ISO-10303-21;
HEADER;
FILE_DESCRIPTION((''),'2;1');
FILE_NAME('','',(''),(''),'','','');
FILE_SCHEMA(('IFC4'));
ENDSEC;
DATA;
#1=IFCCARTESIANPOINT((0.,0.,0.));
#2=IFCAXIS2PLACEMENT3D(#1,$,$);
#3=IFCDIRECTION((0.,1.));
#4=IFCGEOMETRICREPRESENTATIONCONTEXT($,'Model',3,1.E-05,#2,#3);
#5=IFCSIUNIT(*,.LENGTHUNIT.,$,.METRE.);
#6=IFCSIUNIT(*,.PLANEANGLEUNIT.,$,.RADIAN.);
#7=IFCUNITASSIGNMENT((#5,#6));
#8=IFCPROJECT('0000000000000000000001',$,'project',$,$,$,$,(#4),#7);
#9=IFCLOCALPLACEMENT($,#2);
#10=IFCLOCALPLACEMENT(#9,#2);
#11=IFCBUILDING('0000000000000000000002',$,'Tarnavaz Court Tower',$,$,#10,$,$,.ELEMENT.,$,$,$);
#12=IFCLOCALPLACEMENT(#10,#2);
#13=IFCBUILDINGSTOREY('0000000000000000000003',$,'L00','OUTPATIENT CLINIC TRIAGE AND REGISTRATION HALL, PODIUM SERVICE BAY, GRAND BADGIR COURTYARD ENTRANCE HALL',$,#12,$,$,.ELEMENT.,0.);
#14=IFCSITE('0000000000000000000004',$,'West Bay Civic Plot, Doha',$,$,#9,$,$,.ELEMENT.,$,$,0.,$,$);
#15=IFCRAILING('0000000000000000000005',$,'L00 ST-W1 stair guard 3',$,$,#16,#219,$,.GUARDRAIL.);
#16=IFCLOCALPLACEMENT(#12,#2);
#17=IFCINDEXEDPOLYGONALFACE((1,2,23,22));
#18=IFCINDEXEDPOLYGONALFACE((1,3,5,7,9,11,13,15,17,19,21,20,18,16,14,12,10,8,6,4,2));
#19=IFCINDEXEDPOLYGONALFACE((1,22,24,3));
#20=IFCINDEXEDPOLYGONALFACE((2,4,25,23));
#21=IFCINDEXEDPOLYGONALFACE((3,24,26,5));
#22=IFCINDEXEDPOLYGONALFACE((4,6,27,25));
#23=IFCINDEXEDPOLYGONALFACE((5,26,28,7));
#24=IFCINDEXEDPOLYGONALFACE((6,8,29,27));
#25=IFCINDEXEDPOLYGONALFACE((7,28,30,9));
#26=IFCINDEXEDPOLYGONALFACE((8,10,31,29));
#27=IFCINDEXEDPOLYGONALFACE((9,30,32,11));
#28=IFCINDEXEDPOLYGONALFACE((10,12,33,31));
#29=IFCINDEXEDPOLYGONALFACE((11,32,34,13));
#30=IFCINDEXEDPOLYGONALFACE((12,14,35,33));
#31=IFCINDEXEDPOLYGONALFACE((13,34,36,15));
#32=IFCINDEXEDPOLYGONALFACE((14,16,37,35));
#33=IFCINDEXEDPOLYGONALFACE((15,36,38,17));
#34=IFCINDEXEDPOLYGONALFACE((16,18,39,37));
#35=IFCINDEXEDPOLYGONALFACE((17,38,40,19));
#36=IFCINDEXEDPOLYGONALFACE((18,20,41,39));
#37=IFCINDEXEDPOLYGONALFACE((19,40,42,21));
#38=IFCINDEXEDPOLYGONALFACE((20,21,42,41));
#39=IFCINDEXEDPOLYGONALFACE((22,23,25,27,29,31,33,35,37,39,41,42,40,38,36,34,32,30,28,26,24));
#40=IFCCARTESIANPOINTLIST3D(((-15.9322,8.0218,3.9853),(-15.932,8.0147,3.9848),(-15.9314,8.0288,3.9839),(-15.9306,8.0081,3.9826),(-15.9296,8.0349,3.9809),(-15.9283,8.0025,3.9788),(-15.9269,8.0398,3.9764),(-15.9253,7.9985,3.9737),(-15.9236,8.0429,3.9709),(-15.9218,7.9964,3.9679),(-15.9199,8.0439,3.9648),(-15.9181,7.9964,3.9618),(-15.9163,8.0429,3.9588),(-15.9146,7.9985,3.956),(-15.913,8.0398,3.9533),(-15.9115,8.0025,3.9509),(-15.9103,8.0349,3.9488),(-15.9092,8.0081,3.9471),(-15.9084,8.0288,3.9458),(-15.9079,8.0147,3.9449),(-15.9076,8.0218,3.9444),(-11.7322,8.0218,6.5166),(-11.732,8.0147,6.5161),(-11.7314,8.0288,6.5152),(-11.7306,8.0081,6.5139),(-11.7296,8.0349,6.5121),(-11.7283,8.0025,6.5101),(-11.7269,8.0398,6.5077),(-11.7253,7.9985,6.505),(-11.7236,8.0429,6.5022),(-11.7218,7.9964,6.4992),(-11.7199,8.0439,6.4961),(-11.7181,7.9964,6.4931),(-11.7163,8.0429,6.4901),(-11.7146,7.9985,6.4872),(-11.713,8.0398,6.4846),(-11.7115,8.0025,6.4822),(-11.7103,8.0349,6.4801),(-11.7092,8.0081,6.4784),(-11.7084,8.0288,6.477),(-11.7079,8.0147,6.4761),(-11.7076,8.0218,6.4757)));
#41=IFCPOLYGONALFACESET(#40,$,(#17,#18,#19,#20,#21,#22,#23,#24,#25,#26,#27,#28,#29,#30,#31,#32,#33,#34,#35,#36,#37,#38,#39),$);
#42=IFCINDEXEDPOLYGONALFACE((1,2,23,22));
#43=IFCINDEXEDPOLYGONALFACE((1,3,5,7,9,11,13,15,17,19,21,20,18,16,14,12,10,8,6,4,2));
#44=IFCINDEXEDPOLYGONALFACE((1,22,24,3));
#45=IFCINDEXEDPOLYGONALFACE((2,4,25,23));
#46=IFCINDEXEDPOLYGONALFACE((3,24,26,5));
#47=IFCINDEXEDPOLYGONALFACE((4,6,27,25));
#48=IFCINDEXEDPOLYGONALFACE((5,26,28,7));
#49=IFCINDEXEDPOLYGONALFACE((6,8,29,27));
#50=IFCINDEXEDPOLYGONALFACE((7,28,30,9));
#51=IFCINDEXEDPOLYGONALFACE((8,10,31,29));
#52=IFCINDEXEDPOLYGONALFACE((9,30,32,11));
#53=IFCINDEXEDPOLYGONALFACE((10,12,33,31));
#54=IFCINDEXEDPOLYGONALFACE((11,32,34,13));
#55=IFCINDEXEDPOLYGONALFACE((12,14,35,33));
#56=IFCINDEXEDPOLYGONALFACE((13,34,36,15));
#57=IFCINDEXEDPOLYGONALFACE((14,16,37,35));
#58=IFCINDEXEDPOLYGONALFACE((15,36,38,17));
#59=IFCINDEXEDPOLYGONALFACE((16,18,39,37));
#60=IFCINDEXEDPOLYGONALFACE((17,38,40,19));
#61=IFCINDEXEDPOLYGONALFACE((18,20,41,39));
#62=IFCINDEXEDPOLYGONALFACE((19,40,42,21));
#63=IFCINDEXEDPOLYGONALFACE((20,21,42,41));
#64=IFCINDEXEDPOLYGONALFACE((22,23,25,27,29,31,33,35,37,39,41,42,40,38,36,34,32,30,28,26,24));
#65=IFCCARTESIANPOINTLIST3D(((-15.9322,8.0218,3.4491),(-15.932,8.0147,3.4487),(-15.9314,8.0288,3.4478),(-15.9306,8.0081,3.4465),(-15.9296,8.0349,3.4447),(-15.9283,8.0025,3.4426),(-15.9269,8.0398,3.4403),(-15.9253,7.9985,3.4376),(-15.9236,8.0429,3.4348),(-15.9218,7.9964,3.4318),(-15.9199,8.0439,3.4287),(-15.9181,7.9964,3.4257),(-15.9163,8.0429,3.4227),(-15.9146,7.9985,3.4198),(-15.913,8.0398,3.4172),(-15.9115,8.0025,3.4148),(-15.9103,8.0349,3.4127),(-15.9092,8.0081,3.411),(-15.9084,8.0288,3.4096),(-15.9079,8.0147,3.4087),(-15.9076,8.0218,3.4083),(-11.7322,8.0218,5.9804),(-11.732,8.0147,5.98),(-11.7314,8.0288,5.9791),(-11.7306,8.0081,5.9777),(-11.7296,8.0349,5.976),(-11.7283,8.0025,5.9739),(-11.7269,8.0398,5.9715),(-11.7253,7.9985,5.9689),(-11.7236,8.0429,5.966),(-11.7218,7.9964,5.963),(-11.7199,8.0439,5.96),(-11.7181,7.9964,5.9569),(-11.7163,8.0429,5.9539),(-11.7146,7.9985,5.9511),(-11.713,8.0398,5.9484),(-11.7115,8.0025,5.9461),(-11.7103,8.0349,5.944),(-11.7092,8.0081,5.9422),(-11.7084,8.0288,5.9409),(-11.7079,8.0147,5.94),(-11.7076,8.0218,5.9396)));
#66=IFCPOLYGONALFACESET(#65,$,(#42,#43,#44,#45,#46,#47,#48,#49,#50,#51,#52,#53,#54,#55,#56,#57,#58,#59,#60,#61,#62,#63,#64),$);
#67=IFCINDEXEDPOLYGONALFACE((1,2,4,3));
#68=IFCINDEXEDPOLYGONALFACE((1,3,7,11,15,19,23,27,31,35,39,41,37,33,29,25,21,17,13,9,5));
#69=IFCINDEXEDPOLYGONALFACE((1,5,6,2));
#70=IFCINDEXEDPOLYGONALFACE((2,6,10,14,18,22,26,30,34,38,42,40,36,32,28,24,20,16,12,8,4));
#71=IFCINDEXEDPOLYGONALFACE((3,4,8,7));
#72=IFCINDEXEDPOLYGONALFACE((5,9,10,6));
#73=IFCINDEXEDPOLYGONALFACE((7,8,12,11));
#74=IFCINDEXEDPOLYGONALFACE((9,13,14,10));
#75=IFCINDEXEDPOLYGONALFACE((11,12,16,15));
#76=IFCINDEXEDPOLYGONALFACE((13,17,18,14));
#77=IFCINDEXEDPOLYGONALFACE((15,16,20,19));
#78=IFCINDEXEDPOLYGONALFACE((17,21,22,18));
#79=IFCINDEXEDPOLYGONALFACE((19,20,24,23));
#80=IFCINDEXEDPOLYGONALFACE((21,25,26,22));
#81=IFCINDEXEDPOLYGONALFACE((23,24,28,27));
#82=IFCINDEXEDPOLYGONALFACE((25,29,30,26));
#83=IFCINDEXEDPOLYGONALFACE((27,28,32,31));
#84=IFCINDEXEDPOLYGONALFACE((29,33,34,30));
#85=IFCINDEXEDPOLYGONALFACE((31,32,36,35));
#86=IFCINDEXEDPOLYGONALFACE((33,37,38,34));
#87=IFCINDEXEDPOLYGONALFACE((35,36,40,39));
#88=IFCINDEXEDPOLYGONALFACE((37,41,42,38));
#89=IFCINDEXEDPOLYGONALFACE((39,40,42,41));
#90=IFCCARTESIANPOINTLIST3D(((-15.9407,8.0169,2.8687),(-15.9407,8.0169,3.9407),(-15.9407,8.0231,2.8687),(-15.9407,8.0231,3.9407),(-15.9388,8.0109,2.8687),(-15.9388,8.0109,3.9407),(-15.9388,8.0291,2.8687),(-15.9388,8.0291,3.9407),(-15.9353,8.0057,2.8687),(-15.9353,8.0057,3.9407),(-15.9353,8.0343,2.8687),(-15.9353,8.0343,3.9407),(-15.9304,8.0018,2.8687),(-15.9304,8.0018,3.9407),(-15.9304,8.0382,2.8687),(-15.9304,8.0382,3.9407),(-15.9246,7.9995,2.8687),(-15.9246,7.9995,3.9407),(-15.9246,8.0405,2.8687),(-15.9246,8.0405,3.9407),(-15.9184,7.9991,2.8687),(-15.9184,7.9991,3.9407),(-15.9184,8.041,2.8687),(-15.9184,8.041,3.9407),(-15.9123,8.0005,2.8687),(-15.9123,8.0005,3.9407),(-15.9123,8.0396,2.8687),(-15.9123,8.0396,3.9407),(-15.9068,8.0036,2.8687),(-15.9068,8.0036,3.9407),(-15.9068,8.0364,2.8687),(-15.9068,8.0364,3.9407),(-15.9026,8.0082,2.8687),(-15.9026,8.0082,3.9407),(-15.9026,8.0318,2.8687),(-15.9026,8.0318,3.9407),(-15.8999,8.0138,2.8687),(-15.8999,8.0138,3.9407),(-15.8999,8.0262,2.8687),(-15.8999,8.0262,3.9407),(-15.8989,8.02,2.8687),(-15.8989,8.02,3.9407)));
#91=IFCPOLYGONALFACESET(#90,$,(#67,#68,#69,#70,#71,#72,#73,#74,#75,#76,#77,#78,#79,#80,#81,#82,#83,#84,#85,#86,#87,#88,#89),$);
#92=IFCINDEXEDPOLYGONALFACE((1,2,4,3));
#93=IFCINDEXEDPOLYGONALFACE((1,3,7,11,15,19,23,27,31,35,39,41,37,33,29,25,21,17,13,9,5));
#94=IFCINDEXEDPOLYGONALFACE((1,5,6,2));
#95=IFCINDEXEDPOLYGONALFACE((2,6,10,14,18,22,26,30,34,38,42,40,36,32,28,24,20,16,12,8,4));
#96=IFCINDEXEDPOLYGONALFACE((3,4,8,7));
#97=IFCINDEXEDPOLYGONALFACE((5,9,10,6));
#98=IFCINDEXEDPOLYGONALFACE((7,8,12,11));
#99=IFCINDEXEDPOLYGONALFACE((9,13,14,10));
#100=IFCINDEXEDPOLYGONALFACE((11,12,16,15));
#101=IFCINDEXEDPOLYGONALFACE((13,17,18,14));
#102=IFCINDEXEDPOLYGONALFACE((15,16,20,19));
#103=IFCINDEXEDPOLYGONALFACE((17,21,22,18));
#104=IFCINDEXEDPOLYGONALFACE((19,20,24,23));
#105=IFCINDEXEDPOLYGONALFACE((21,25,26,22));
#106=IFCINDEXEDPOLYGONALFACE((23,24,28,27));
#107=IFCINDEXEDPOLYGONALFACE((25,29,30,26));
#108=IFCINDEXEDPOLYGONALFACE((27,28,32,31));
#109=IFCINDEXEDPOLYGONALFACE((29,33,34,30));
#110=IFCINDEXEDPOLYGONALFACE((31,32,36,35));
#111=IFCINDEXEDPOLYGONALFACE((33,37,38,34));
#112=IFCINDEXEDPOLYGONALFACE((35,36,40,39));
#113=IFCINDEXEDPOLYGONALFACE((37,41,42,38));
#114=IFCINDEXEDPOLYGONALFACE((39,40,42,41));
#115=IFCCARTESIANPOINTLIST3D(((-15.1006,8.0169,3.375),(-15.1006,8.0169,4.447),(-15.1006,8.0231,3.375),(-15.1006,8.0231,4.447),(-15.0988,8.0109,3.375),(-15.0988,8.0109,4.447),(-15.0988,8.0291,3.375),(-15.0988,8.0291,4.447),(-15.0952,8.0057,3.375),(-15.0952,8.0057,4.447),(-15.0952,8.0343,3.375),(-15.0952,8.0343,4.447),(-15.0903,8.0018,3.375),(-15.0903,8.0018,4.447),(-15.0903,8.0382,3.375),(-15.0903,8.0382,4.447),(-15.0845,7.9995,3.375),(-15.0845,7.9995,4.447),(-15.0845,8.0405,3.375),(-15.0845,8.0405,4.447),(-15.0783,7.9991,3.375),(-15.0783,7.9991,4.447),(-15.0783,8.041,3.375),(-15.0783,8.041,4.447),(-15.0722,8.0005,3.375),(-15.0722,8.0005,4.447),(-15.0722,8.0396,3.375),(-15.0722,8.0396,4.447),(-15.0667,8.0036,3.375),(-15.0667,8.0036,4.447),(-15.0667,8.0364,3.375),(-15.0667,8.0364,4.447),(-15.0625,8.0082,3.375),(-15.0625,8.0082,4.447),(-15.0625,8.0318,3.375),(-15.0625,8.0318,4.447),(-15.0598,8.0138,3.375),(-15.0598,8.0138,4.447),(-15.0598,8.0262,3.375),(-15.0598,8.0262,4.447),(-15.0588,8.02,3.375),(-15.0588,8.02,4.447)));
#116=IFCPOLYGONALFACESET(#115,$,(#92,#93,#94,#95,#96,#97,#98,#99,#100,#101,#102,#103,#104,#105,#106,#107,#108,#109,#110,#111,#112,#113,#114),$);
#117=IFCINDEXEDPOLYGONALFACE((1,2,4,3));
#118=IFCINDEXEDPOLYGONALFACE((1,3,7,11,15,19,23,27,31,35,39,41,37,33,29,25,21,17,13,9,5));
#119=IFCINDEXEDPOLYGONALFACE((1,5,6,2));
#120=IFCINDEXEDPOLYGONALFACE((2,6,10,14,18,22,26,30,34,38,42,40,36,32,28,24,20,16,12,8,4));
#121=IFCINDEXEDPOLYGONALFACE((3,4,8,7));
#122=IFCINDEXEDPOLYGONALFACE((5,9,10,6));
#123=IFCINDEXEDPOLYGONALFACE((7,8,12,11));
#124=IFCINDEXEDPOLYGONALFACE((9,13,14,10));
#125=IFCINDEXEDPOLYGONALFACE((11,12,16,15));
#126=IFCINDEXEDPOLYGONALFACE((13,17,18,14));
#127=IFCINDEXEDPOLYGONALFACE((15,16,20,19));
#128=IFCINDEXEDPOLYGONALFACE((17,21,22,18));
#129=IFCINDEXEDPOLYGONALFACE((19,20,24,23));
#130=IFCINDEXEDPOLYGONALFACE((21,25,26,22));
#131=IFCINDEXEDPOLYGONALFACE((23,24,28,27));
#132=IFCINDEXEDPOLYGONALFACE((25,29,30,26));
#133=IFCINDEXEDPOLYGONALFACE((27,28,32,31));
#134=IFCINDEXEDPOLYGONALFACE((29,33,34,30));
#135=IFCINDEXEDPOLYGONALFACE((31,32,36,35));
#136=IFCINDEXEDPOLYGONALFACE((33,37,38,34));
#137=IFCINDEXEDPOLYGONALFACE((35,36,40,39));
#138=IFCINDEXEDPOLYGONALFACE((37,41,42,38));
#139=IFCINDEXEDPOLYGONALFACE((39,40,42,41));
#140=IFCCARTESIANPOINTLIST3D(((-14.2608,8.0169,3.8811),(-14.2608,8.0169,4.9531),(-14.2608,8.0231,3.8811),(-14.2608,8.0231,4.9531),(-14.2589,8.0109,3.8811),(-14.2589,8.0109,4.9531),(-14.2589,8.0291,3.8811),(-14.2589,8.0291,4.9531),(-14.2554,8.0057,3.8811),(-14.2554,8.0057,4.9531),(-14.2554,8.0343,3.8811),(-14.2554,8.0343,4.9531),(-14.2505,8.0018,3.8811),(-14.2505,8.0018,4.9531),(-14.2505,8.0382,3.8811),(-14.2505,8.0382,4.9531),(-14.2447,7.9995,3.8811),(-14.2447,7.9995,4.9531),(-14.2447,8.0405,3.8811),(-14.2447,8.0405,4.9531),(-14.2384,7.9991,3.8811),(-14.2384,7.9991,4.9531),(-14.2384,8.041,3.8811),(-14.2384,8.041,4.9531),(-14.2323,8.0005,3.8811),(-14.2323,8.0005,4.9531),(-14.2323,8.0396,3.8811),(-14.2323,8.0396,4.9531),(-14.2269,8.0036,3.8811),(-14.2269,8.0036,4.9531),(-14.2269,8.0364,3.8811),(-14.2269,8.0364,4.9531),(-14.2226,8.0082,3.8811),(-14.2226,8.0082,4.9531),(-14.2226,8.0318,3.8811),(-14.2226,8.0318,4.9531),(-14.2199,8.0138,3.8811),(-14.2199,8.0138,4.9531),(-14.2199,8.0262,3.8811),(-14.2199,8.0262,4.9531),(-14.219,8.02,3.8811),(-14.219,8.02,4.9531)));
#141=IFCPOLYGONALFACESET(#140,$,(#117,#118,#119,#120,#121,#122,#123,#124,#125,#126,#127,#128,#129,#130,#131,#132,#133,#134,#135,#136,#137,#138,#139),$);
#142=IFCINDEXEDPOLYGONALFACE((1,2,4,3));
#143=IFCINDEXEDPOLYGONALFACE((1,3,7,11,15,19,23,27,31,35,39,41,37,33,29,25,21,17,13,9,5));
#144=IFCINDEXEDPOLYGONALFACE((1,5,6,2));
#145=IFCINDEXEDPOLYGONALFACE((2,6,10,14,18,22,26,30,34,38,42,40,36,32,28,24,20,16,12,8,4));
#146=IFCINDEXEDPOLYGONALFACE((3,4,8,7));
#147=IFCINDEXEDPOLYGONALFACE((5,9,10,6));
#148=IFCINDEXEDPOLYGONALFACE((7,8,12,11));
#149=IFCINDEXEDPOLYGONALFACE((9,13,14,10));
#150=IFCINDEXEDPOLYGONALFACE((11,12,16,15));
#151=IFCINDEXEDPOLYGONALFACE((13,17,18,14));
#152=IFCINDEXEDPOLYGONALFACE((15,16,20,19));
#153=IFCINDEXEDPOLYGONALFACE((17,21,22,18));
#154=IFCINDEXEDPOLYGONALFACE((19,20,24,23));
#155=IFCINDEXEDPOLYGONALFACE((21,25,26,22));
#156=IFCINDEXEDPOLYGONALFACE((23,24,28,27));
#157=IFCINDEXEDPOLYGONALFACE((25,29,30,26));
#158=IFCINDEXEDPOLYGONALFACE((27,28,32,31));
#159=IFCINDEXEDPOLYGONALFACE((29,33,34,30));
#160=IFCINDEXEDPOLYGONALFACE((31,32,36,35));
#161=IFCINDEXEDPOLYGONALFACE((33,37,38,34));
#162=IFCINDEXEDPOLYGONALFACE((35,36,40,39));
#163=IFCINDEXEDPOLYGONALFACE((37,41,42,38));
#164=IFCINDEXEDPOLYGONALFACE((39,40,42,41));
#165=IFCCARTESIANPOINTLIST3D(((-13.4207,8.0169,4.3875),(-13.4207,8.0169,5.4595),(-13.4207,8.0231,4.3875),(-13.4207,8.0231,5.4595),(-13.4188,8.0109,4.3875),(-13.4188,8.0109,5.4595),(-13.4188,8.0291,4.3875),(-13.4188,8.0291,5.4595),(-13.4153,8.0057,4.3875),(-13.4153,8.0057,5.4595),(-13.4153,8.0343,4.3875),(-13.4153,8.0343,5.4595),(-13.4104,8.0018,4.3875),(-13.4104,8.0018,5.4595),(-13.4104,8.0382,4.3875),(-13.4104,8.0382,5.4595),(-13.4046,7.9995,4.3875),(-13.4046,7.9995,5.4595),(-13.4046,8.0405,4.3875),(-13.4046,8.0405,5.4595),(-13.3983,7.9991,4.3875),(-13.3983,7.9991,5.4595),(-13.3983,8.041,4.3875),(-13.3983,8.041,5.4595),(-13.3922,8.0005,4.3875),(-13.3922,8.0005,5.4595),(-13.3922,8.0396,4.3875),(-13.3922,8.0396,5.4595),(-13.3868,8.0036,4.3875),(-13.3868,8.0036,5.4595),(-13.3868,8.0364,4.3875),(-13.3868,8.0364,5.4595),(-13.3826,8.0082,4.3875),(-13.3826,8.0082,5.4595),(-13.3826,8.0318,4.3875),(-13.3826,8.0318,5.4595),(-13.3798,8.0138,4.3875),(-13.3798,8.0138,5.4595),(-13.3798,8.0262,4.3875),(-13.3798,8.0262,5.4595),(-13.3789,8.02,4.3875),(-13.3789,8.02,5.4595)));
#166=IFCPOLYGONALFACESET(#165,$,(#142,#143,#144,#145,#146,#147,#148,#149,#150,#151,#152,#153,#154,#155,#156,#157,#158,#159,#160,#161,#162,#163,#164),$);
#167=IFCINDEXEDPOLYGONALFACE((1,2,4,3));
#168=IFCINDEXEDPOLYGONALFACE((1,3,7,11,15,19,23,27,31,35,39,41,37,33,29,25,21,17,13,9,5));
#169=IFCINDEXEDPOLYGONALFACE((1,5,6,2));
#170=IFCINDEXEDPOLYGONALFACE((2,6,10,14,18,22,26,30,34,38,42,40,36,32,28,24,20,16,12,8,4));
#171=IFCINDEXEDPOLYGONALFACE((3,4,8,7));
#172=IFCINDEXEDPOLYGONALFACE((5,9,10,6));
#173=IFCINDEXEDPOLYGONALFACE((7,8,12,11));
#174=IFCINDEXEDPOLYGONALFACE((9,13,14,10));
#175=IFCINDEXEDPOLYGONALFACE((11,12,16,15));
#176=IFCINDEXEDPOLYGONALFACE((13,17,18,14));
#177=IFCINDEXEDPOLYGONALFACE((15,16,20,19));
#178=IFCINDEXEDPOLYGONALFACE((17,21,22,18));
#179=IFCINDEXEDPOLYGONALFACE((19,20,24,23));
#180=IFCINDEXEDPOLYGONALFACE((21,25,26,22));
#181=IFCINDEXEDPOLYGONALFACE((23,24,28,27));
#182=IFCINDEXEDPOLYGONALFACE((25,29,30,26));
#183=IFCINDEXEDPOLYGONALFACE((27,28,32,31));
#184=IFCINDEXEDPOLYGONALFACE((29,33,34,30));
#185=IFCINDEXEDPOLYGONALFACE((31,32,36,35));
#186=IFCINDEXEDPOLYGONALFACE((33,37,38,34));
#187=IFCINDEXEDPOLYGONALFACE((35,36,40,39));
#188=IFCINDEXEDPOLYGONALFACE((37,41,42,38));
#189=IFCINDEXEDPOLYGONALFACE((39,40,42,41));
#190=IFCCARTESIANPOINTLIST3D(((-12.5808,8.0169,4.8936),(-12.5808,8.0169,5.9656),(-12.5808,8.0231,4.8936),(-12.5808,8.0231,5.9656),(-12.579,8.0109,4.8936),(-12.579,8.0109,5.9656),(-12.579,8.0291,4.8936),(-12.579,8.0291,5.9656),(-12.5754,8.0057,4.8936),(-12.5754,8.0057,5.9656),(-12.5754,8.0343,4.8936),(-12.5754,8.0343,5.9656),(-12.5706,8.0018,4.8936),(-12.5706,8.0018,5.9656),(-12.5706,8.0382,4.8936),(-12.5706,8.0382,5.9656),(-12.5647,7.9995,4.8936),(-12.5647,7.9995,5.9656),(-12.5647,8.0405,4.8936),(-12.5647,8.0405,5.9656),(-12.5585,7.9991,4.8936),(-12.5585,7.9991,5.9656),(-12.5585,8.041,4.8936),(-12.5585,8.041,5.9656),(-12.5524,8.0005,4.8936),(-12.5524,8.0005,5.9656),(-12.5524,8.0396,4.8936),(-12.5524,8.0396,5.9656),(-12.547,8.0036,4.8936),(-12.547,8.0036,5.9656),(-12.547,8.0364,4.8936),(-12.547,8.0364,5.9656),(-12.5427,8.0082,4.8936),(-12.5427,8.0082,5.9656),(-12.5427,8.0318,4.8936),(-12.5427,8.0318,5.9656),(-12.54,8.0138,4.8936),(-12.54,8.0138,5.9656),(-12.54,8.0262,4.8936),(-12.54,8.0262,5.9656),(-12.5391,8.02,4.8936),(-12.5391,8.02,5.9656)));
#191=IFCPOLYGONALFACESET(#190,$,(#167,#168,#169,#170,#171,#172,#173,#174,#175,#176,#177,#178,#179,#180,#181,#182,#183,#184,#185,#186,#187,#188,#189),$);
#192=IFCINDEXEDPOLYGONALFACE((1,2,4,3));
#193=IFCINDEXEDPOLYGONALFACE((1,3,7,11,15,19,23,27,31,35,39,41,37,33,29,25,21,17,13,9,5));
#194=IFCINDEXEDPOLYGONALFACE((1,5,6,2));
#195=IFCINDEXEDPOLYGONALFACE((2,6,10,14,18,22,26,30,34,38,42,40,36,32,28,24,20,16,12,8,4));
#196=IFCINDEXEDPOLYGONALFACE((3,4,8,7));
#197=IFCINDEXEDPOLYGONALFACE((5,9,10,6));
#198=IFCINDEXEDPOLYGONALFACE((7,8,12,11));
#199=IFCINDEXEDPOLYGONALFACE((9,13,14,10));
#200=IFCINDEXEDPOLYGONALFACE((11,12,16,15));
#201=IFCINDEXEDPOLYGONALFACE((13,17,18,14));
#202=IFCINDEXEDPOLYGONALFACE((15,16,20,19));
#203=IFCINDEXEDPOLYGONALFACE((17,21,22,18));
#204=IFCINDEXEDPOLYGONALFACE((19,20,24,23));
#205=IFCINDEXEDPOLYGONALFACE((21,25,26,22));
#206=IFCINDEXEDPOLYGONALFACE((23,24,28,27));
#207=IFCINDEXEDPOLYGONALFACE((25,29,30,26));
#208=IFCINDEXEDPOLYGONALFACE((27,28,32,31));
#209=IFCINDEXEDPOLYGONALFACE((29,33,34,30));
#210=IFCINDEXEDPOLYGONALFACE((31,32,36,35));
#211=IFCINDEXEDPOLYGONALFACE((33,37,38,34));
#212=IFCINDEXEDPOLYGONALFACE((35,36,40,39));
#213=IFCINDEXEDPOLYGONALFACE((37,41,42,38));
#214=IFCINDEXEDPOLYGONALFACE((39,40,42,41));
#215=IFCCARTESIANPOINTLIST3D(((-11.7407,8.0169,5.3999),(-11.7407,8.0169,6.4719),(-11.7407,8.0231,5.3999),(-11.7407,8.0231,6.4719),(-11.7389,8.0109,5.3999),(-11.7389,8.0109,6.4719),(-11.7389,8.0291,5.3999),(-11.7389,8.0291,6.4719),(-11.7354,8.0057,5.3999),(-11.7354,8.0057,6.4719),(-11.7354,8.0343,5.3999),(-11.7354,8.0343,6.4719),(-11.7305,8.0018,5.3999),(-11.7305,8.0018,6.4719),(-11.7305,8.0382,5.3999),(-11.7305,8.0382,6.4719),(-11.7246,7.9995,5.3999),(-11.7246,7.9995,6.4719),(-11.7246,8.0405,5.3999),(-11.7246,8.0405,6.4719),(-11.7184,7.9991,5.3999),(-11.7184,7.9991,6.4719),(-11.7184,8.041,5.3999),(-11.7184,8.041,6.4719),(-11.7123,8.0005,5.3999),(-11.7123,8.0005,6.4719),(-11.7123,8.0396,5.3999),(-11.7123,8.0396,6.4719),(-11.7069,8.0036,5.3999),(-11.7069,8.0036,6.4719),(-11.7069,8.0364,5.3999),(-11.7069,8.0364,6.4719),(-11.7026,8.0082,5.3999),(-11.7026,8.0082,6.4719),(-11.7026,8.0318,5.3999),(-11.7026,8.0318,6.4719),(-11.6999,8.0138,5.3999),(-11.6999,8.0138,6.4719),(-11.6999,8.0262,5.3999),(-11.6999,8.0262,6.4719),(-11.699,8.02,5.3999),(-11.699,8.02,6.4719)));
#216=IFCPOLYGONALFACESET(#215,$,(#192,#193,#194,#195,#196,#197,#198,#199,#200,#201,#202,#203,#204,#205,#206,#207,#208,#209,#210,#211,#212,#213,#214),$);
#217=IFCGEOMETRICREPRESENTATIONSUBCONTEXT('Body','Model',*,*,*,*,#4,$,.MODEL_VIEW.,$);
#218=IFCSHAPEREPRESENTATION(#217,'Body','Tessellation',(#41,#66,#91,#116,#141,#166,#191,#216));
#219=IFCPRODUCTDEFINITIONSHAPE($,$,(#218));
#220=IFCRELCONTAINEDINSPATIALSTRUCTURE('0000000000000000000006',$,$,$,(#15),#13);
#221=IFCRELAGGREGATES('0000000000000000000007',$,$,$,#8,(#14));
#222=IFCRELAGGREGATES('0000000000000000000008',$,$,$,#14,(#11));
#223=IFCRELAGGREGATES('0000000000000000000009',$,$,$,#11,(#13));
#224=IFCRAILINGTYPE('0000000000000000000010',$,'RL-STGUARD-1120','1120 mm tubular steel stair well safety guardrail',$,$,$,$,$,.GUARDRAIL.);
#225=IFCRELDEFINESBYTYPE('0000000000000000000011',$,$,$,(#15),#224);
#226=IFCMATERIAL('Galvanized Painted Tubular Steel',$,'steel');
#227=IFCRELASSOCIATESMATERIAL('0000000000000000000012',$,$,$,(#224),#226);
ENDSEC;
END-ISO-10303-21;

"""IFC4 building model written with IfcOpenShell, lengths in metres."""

from ifc_helpers import new_model, si_unit, direction, frame, origin, origin_2d, place, context, subcontext, project, spatial, circle, extrude, material, type_object, element, save


model = new_model("IFC4")

# Units and contexts
model_context = context("Model", 3, precision=1e-05, world=origin(), true_north=direction((0.0, 1.0)))
body_context = subcontext(model_context, "Body", "Model", "MODEL_VIEW")
ifc_project = project(units=[si_unit("LENGTHUNIT", "METRE"), si_unit("PLANEANGLEUNIT", "RADIAN")], contexts=[model_context])

# Site, building, storey
site_placement = place(None, origin())
site = spatial("IfcSite", under=ifc_project, at=site_placement, Name="West Bay Civic Plot, Doha", CompositionType="ELEMENT", RefElevation=0.0)
building_placement = place(site_placement, origin())
building = spatial("IfcBuilding", under=site, at=building_placement, Name="Tarnavaz Court Tower", CompositionType="ELEMENT")
storey_placement = place(building_placement, origin())
storey = spatial("IfcBuildingStorey", under=building, at=storey_placement, Name="L00", Description="OUTPATIENT CLINIC TRIAGE AND REGISTRATION HALL, PODIUM SERVICE BAY, GRAND BADGIR COURTYARD ENTRANCE HALL", CompositionType="ELEMENT", Elevation=0.0)

# Railing
ifc_material_1 = material(Name="Galvanized Painted Tubular Steel", Category="steel")
railing_type_1 = type_object("IfcRailingType", Name="RL-STGUARD-1120", Description="1120 mm tubular steel stair well safety guardrail", PredefinedType="GUARDRAIL", material=ifc_material_1)
railing_1_placement = place(storey_placement, frame((-15.9199, 8.02, 2.8687)))
element("IfcRailing", 1, at=railing_1_placement, inside=storey, type_object=railing_type_1, Name="L00 ST-W1 stair guard 3", PredefinedType="GUARDRAIL", context=body_context, shape_type="SweptSolid", body=[
    extrude(circle(Radius=0.0239, at=origin_2d()), frame((0.0, 0.0, 1.0962), z_axis=(0.856476, 0.0, 0.516186), x_axis=(0.0, 1.0, 0.0)), (0.0, 0.0, 1.0), 4.9038),
    extrude(circle(Radius=0.0239, at=origin_2d()), frame((0.0, 0.0, 0.5601), z_axis=(0.856476, 0.0, 0.516186), x_axis=(0.0, 1.0, 0.0)), (0.0, 0.0, 1.0), 4.9038),
    extrude(circle(Radius=0.021, at=origin_2d()), origin(), (0.0, 0.0, 1.0), 1.072),
    extrude(circle(Radius=0.021, at=origin_2d()), frame((0.8401, 0.0, 0.5063)), (0.0, 0.0, 1.0), 1.072),
    extrude(circle(Radius=0.021, at=origin_2d()), frame((1.6799, 0.0, 1.0125)), (0.0, 0.0, 1.0), 1.072),
    extrude(circle(Radius=0.021, at=origin_2d()), frame((2.52, 0.0, 1.5188)), (0.0, 0.0, 1.0), 1.072),
    extrude(circle(Radius=0.021, at=origin_2d()), frame((3.3599, 0.0, 2.0249)), (0.0, 0.0, 1.0), 1.072),
    extrude(circle(Radius=0.021, at=origin_2d()), frame((4.2, 0.0, 2.5312)), (0.0, 0.0, 1.0), 1.072),
])

save(model, "model.ifc")
